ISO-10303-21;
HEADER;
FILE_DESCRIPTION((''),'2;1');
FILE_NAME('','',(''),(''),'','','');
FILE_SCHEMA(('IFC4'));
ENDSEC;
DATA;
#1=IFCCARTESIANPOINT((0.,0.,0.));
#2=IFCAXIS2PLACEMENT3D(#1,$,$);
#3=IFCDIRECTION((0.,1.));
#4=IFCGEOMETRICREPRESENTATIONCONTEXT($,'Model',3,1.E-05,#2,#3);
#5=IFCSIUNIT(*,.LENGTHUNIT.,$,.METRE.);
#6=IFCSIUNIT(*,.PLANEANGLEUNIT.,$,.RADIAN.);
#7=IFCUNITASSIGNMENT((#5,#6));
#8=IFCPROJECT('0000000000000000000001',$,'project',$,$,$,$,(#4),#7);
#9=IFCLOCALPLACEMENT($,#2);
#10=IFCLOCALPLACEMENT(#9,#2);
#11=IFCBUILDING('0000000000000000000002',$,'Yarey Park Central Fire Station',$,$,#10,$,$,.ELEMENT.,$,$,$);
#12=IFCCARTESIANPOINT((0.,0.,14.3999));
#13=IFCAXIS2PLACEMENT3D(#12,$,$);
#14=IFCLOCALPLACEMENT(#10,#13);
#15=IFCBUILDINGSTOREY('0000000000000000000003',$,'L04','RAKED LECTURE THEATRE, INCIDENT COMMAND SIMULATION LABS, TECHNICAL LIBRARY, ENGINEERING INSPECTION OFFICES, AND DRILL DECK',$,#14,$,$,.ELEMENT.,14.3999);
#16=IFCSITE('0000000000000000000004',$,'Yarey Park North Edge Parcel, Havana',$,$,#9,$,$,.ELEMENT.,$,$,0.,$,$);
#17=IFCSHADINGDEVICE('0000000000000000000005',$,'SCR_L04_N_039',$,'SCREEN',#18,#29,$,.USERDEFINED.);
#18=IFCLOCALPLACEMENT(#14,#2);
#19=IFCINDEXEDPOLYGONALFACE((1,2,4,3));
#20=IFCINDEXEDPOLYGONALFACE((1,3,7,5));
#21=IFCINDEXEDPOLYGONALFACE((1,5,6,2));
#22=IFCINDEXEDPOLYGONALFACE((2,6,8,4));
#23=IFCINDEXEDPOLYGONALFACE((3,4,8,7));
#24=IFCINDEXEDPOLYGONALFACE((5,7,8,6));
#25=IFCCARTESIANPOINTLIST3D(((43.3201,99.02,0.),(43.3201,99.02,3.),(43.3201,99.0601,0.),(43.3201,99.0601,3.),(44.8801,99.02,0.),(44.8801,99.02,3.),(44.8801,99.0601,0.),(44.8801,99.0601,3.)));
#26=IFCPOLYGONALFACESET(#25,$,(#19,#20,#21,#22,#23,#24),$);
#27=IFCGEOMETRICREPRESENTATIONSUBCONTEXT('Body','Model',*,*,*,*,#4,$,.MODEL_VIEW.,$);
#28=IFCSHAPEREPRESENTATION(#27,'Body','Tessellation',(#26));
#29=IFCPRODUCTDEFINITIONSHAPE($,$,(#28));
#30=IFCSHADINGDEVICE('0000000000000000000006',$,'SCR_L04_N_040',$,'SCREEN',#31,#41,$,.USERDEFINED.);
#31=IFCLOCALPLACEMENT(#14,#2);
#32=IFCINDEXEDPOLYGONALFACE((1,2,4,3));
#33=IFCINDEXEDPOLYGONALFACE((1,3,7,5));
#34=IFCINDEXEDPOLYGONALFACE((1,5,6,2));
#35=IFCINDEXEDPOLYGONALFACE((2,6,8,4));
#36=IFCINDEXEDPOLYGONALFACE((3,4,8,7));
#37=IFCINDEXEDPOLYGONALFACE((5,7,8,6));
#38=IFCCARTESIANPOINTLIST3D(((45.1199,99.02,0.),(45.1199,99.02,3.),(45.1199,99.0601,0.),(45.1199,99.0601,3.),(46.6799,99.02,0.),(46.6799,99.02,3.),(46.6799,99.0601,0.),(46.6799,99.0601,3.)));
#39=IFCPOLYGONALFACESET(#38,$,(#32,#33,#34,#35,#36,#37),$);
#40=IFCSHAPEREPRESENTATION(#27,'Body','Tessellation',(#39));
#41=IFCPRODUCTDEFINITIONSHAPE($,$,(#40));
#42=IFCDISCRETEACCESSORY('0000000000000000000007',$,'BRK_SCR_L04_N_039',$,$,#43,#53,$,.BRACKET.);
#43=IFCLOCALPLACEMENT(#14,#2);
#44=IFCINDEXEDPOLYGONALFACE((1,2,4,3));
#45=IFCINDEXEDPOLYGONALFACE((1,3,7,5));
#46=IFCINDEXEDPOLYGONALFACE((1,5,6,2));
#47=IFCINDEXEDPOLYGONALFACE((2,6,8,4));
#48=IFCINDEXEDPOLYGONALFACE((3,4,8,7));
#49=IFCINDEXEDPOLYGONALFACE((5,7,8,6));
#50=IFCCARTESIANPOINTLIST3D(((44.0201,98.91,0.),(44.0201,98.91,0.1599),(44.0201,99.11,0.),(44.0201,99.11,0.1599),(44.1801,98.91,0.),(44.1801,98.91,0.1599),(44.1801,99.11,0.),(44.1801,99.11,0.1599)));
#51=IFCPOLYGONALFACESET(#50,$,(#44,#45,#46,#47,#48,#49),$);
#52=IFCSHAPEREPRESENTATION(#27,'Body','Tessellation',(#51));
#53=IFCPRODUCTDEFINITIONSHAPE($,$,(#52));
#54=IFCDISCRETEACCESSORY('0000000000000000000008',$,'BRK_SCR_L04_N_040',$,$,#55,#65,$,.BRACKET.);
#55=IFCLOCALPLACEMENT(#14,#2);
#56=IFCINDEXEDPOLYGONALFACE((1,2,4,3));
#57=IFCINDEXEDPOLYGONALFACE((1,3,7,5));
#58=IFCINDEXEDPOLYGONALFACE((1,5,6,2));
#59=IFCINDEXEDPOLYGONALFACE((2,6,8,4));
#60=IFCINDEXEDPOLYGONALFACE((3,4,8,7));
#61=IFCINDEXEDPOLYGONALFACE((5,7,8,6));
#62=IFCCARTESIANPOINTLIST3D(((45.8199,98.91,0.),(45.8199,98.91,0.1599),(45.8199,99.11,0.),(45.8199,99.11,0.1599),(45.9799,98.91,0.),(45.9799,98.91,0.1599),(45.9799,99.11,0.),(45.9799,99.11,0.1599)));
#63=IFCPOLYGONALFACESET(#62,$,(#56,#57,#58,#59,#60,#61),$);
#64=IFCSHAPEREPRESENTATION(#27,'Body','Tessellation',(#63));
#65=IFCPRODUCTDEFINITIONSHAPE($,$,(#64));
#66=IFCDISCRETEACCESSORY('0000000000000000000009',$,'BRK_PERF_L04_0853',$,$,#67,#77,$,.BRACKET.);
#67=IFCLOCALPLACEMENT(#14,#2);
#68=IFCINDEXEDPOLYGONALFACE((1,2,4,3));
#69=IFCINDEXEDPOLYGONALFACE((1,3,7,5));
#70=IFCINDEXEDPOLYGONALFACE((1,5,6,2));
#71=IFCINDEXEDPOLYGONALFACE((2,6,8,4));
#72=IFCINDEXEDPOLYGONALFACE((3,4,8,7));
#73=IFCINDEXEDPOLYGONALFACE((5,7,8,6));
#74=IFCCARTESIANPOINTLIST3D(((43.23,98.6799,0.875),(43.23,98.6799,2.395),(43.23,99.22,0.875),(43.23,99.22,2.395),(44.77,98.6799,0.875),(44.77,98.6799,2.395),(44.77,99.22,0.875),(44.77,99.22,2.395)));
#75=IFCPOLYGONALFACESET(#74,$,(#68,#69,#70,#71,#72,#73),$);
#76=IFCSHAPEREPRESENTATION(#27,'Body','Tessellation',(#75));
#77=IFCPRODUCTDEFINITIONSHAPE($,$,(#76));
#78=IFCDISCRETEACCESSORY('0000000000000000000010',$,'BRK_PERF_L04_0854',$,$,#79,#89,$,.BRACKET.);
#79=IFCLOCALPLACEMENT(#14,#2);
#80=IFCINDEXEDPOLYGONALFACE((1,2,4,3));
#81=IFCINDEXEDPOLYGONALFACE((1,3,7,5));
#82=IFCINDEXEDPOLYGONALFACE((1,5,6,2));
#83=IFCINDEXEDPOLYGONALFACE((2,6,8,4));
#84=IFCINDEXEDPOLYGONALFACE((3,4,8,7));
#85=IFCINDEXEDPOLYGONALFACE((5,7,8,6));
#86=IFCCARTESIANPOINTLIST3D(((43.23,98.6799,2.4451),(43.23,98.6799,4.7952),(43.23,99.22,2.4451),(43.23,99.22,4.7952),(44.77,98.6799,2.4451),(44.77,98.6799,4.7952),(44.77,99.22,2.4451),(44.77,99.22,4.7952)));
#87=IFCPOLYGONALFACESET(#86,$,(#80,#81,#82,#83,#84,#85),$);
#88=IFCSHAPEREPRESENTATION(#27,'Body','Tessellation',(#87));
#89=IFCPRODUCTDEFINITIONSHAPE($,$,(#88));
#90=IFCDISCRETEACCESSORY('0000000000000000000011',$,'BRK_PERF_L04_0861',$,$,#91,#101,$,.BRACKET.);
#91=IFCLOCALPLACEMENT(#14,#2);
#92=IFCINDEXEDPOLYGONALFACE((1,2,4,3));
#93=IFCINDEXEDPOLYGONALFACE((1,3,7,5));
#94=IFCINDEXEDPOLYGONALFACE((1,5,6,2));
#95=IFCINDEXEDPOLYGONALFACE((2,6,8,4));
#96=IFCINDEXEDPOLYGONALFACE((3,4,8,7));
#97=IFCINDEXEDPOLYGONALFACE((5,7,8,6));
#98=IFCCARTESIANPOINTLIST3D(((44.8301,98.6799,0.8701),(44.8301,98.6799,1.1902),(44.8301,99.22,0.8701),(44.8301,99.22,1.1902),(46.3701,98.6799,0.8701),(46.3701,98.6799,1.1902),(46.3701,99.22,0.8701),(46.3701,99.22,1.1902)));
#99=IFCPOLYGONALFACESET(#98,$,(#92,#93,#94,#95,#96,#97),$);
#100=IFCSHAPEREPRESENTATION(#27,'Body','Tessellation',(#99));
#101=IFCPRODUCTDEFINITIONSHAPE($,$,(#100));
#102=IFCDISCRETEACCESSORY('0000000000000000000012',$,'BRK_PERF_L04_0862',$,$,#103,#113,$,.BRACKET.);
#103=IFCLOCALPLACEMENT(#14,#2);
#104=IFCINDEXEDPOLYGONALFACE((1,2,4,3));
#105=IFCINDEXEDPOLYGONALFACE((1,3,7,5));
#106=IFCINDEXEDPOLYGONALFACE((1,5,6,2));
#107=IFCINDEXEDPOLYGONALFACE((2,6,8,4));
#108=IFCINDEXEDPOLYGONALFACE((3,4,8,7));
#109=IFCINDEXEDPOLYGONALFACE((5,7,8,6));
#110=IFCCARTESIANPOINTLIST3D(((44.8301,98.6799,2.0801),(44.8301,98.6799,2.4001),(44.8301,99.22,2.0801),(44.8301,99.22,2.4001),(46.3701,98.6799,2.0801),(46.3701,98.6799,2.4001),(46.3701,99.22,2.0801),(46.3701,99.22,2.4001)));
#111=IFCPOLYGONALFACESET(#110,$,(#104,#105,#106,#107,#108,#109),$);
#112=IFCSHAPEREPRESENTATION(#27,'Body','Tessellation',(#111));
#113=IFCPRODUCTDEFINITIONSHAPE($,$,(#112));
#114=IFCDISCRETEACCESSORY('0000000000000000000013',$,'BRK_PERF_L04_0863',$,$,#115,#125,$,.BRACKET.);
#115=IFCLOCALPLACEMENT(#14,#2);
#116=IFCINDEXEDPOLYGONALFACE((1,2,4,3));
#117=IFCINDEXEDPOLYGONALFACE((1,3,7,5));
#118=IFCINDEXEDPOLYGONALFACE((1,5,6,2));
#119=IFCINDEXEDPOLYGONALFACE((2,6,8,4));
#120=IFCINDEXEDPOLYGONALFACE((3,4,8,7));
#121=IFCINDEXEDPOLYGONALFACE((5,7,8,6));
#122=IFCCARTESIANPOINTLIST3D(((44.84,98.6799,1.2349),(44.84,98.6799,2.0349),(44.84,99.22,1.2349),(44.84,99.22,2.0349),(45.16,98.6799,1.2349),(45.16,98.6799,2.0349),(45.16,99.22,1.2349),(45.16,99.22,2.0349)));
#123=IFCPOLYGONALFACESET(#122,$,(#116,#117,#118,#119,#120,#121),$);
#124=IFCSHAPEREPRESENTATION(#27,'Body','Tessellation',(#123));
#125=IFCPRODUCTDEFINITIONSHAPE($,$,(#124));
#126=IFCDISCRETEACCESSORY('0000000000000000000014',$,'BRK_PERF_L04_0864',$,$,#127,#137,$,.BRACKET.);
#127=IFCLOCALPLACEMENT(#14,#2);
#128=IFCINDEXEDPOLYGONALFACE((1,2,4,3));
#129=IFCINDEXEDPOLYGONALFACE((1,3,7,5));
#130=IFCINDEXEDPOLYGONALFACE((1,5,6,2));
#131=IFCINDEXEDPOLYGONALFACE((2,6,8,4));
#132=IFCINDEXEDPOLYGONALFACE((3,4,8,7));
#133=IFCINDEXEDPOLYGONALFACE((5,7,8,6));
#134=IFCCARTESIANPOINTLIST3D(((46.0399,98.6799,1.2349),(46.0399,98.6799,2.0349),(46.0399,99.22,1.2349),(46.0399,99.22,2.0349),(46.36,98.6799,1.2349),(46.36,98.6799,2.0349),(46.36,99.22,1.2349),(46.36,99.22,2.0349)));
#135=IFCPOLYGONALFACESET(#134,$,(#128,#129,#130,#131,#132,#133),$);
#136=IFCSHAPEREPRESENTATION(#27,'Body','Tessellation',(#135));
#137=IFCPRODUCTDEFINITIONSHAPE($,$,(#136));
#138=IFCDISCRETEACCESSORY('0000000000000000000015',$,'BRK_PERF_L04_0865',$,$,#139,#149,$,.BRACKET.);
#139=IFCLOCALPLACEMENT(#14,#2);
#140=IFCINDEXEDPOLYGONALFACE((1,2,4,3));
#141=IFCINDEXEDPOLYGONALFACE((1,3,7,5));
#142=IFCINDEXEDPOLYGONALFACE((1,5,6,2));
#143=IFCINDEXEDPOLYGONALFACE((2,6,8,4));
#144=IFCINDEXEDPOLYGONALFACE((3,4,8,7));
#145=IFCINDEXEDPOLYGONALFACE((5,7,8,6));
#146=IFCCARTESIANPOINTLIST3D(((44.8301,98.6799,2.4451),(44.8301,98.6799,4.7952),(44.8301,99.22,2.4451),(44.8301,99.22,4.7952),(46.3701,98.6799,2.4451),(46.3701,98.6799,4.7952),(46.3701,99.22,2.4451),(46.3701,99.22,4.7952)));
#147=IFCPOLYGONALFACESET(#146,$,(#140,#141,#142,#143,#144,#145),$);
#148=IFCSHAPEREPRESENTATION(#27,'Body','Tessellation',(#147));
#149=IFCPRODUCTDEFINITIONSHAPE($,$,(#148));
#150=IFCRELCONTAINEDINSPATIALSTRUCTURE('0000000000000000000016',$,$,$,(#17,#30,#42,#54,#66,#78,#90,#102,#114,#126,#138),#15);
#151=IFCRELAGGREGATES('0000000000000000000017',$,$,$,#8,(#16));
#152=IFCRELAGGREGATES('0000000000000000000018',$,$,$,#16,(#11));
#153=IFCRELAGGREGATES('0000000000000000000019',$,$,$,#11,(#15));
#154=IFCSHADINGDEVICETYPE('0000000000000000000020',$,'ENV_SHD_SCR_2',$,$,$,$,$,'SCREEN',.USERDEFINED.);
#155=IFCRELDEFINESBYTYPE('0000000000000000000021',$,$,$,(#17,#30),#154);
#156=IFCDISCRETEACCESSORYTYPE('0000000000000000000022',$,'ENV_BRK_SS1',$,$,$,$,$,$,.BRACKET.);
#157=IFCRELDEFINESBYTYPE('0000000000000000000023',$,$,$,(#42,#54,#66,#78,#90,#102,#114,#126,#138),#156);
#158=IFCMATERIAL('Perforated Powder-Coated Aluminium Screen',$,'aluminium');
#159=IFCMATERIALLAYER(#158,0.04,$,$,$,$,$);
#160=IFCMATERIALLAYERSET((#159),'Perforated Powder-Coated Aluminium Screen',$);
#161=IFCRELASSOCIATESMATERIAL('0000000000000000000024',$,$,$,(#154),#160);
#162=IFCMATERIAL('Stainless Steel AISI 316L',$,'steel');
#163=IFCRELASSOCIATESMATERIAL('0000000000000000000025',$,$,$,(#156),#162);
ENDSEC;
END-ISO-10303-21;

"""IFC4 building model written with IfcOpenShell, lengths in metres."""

from ifc_helpers import new_model, si_unit, direction, frame, origin, origin_2d, place, context, subcontext, project, spatial, rectangle, extrude, material, layer, layer_set, type_object, element, save


model = new_model("IFC4")

# Units and contexts
model_context = context("Model", 3, precision=1e-05, world=origin(), true_north=direction((0.0, 1.0)))
body_context = subcontext(model_context, "Body", "Model", "MODEL_VIEW")
ifc_project = project(units=[si_unit("LENGTHUNIT", "METRE"), si_unit("PLANEANGLEUNIT", "RADIAN")], contexts=[model_context])

# Site, building, storey
site_placement = place(None, origin())
site = spatial("IfcSite", under=ifc_project, at=site_placement, Name="Yarey Park North Edge Parcel, Havana", CompositionType="ELEMENT", RefElevation=0.0)
building_placement = place(site_placement, origin())
building = spatial("IfcBuilding", under=site, at=building_placement, Name="Yarey Park Central Fire Station", CompositionType="ELEMENT")
storey_placement = place(building_placement, frame((0.0, 0.0, 14.3999)))
storey = spatial("IfcBuildingStorey", under=building, at=storey_placement, Name="L04", Description="RAKED LECTURE THEATRE, INCIDENT COMMAND SIMULATION LABS, TECHNICAL LIBRARY, ENGINEERING INSPECTION OFFICES, AND DRILL DECK", CompositionType="ELEMENT", Elevation=14.3999)

# Shading devices
ifc_material_1 = material(Name="Perforated Powder-Coated Aluminium Screen", Category="aluminium")
ifc_layer_1 = layer(ifc_material_1, 0.04)
ifc_layer_set_1 = layer_set([ifc_layer_1], Name="Perforated Powder-Coated Aluminium Screen")
shading_device_type = type_object("IfcShadingDeviceType", Name="ENV_SHD_SCR_2", ElementType="SCREEN", PredefinedType="USERDEFINED", material=ifc_layer_set_1)
for number, where, z_axis, x_axis, name in (
    (1, (44.1001, 99.04, 0.0), (0.0, 0.0, 1.0), (1.0, 0.0, 0.0), "SCR_L04_N_039"),
    (2, (45.8999, 99.04, 0.0), (0.0, 0.0, 1.0), (1.0, 0.0, 0.0), "SCR_L04_N_040"),
):
    element("IfcShadingDevice", number, at=place(storey_placement, frame(where, z_axis=z_axis, x_axis=x_axis)), inside=storey, type_object=shading_device_type, Name=name, ObjectType="SCREEN", PredefinedType="USERDEFINED", context=body_context, shape_type="SweptSolid", body=[
        extrude(rectangle(XDim=1.5601, YDim=0.04, at=origin_2d()), origin(), (0.0, 0.0, 1.0), 3.0),
    ])

# Discrete accessories
ifc_material_2 = material(Name="Stainless Steel AISI 316L", Category="steel")
discrete_accessory_type = type_object("IfcDiscreteAccessoryType", Name="ENV_BRK_SS1", PredefinedType="BRACKET", material=ifc_material_2)
for number, where, z_axis, x_axis, name in (
    (3, (44.1001, 99.01, 0.0), (0.0, 0.0, 1.0), (1.0, 0.0, 0.0), "BRK_SCR_L04_N_039"),
    (4, (45.8999, 99.01, 0.0), (0.0, 0.0, 1.0), (1.0, 0.0, 0.0), "BRK_SCR_L04_N_040"),
):
    element("IfcDiscreteAccessory", number, at=place(storey_placement, frame(where, z_axis=z_axis, x_axis=x_axis)), inside=storey, type_object=discrete_accessory_type, Name=name, PredefinedType="BRACKET", context=body_context, shape_type="SweptSolid", body=[
        extrude(rectangle(XDim=0.1599, YDim=0.2, at=origin_2d()), origin(), (0.0, 0.0, 1.0), 0.1599),
    ])
discrete_accessory_1_placement = place(storey_placement, frame((44.0, 98.95, 0.875), z_axis=(0.0, 0.0, 1.0), x_axis=(1.0, 0.0, 0.0)))
element("IfcDiscreteAccessory", 5, at=discrete_accessory_1_placement, inside=storey, type_object=discrete_accessory_type, Name="BRK_PERF_L04_0853", PredefinedType="BRACKET", context=body_context, shape_type="SweptSolid", body=[
    extrude(rectangle(XDim=1.54, YDim=0.54, at=origin_2d()), origin(), (0.0, 0.0, 1.0), 1.52),
])
discrete_accessory_2_placement = place(storey_placement, frame((44.0, 98.95, 2.4451), z_axis=(0.0, 0.0, 1.0), x_axis=(1.0, 0.0, 0.0)))
element("IfcDiscreteAccessory", 6, at=discrete_accessory_2_placement, inside=storey, type_object=discrete_accessory_type, Name="BRK_PERF_L04_0854", PredefinedType="BRACKET", context=body_context, shape_type="SweptSolid", body=[
    extrude(rectangle(XDim=1.54, YDim=0.54, at=origin_2d()), origin(), (0.0, 0.0, 1.0), 2.3501),
])
for number, where, z_axis, x_axis, name in (
    (7, (45.6001, 98.95, 0.8701), (0.0, 0.0, 1.0), (1.0, 0.0, 0.0), "BRK_PERF_L04_0861"),
    (8, (45.6001, 98.95, 2.0801), (0.0, 0.0, 1.0), (1.0, 0.0, 0.0), "BRK_PERF_L04_0862"),
):
    element("IfcDiscreteAccessory", number, at=place(storey_placement, frame(where, z_axis=z_axis, x_axis=x_axis)), inside=storey, type_object=discrete_accessory_type, Name=name, PredefinedType="BRACKET", context=body_context, shape_type="SweptSolid", body=[
        extrude(rectangle(XDim=1.54, YDim=0.54, at=origin_2d()), origin(), (0.0, 0.0, 1.0), 0.3201),
    ])
for number, where, z_axis, x_axis, name in (
    (9, (45.0, 98.95, 1.2349), (0.0, 0.0, 1.0), (1.0, 0.0, 0.0), "BRK_PERF_L04_0863"),
    (10, (46.2, 98.95, 1.2349), (0.0, 0.0, 1.0), (1.0, 0.0, 0.0), "BRK_PERF_L04_0864"),
):
    element("IfcDiscreteAccessory", number, at=place(storey_placement, frame(where, z_axis=z_axis, x_axis=x_axis)), inside=storey, type_object=discrete_accessory_type, Name=name, PredefinedType="BRACKET", context=body_context, shape_type="SweptSolid", body=[
        extrude(rectangle(XDim=0.3201, YDim=0.54, at=origin_2d()), origin(), (0.0, 0.0, 1.0), 0.8),
    ])
discrete_accessory_3_placement = place(storey_placement, frame((45.6001, 98.95, 2.4451), z_axis=(0.0, 0.0, 1.0), x_axis=(1.0, 0.0, 0.0)))
element("IfcDiscreteAccessory", 11, at=discrete_accessory_3_placement, inside=storey, type_object=discrete_accessory_type, Name="BRK_PERF_L04_0865", PredefinedType="BRACKET", context=body_context, shape_type="SweptSolid", body=[
    extrude(rectangle(XDim=1.54, YDim=0.54, at=origin_2d()), origin(), (0.0, 0.0, 1.0), 2.3501),
])

save(model, "model.ifc")
